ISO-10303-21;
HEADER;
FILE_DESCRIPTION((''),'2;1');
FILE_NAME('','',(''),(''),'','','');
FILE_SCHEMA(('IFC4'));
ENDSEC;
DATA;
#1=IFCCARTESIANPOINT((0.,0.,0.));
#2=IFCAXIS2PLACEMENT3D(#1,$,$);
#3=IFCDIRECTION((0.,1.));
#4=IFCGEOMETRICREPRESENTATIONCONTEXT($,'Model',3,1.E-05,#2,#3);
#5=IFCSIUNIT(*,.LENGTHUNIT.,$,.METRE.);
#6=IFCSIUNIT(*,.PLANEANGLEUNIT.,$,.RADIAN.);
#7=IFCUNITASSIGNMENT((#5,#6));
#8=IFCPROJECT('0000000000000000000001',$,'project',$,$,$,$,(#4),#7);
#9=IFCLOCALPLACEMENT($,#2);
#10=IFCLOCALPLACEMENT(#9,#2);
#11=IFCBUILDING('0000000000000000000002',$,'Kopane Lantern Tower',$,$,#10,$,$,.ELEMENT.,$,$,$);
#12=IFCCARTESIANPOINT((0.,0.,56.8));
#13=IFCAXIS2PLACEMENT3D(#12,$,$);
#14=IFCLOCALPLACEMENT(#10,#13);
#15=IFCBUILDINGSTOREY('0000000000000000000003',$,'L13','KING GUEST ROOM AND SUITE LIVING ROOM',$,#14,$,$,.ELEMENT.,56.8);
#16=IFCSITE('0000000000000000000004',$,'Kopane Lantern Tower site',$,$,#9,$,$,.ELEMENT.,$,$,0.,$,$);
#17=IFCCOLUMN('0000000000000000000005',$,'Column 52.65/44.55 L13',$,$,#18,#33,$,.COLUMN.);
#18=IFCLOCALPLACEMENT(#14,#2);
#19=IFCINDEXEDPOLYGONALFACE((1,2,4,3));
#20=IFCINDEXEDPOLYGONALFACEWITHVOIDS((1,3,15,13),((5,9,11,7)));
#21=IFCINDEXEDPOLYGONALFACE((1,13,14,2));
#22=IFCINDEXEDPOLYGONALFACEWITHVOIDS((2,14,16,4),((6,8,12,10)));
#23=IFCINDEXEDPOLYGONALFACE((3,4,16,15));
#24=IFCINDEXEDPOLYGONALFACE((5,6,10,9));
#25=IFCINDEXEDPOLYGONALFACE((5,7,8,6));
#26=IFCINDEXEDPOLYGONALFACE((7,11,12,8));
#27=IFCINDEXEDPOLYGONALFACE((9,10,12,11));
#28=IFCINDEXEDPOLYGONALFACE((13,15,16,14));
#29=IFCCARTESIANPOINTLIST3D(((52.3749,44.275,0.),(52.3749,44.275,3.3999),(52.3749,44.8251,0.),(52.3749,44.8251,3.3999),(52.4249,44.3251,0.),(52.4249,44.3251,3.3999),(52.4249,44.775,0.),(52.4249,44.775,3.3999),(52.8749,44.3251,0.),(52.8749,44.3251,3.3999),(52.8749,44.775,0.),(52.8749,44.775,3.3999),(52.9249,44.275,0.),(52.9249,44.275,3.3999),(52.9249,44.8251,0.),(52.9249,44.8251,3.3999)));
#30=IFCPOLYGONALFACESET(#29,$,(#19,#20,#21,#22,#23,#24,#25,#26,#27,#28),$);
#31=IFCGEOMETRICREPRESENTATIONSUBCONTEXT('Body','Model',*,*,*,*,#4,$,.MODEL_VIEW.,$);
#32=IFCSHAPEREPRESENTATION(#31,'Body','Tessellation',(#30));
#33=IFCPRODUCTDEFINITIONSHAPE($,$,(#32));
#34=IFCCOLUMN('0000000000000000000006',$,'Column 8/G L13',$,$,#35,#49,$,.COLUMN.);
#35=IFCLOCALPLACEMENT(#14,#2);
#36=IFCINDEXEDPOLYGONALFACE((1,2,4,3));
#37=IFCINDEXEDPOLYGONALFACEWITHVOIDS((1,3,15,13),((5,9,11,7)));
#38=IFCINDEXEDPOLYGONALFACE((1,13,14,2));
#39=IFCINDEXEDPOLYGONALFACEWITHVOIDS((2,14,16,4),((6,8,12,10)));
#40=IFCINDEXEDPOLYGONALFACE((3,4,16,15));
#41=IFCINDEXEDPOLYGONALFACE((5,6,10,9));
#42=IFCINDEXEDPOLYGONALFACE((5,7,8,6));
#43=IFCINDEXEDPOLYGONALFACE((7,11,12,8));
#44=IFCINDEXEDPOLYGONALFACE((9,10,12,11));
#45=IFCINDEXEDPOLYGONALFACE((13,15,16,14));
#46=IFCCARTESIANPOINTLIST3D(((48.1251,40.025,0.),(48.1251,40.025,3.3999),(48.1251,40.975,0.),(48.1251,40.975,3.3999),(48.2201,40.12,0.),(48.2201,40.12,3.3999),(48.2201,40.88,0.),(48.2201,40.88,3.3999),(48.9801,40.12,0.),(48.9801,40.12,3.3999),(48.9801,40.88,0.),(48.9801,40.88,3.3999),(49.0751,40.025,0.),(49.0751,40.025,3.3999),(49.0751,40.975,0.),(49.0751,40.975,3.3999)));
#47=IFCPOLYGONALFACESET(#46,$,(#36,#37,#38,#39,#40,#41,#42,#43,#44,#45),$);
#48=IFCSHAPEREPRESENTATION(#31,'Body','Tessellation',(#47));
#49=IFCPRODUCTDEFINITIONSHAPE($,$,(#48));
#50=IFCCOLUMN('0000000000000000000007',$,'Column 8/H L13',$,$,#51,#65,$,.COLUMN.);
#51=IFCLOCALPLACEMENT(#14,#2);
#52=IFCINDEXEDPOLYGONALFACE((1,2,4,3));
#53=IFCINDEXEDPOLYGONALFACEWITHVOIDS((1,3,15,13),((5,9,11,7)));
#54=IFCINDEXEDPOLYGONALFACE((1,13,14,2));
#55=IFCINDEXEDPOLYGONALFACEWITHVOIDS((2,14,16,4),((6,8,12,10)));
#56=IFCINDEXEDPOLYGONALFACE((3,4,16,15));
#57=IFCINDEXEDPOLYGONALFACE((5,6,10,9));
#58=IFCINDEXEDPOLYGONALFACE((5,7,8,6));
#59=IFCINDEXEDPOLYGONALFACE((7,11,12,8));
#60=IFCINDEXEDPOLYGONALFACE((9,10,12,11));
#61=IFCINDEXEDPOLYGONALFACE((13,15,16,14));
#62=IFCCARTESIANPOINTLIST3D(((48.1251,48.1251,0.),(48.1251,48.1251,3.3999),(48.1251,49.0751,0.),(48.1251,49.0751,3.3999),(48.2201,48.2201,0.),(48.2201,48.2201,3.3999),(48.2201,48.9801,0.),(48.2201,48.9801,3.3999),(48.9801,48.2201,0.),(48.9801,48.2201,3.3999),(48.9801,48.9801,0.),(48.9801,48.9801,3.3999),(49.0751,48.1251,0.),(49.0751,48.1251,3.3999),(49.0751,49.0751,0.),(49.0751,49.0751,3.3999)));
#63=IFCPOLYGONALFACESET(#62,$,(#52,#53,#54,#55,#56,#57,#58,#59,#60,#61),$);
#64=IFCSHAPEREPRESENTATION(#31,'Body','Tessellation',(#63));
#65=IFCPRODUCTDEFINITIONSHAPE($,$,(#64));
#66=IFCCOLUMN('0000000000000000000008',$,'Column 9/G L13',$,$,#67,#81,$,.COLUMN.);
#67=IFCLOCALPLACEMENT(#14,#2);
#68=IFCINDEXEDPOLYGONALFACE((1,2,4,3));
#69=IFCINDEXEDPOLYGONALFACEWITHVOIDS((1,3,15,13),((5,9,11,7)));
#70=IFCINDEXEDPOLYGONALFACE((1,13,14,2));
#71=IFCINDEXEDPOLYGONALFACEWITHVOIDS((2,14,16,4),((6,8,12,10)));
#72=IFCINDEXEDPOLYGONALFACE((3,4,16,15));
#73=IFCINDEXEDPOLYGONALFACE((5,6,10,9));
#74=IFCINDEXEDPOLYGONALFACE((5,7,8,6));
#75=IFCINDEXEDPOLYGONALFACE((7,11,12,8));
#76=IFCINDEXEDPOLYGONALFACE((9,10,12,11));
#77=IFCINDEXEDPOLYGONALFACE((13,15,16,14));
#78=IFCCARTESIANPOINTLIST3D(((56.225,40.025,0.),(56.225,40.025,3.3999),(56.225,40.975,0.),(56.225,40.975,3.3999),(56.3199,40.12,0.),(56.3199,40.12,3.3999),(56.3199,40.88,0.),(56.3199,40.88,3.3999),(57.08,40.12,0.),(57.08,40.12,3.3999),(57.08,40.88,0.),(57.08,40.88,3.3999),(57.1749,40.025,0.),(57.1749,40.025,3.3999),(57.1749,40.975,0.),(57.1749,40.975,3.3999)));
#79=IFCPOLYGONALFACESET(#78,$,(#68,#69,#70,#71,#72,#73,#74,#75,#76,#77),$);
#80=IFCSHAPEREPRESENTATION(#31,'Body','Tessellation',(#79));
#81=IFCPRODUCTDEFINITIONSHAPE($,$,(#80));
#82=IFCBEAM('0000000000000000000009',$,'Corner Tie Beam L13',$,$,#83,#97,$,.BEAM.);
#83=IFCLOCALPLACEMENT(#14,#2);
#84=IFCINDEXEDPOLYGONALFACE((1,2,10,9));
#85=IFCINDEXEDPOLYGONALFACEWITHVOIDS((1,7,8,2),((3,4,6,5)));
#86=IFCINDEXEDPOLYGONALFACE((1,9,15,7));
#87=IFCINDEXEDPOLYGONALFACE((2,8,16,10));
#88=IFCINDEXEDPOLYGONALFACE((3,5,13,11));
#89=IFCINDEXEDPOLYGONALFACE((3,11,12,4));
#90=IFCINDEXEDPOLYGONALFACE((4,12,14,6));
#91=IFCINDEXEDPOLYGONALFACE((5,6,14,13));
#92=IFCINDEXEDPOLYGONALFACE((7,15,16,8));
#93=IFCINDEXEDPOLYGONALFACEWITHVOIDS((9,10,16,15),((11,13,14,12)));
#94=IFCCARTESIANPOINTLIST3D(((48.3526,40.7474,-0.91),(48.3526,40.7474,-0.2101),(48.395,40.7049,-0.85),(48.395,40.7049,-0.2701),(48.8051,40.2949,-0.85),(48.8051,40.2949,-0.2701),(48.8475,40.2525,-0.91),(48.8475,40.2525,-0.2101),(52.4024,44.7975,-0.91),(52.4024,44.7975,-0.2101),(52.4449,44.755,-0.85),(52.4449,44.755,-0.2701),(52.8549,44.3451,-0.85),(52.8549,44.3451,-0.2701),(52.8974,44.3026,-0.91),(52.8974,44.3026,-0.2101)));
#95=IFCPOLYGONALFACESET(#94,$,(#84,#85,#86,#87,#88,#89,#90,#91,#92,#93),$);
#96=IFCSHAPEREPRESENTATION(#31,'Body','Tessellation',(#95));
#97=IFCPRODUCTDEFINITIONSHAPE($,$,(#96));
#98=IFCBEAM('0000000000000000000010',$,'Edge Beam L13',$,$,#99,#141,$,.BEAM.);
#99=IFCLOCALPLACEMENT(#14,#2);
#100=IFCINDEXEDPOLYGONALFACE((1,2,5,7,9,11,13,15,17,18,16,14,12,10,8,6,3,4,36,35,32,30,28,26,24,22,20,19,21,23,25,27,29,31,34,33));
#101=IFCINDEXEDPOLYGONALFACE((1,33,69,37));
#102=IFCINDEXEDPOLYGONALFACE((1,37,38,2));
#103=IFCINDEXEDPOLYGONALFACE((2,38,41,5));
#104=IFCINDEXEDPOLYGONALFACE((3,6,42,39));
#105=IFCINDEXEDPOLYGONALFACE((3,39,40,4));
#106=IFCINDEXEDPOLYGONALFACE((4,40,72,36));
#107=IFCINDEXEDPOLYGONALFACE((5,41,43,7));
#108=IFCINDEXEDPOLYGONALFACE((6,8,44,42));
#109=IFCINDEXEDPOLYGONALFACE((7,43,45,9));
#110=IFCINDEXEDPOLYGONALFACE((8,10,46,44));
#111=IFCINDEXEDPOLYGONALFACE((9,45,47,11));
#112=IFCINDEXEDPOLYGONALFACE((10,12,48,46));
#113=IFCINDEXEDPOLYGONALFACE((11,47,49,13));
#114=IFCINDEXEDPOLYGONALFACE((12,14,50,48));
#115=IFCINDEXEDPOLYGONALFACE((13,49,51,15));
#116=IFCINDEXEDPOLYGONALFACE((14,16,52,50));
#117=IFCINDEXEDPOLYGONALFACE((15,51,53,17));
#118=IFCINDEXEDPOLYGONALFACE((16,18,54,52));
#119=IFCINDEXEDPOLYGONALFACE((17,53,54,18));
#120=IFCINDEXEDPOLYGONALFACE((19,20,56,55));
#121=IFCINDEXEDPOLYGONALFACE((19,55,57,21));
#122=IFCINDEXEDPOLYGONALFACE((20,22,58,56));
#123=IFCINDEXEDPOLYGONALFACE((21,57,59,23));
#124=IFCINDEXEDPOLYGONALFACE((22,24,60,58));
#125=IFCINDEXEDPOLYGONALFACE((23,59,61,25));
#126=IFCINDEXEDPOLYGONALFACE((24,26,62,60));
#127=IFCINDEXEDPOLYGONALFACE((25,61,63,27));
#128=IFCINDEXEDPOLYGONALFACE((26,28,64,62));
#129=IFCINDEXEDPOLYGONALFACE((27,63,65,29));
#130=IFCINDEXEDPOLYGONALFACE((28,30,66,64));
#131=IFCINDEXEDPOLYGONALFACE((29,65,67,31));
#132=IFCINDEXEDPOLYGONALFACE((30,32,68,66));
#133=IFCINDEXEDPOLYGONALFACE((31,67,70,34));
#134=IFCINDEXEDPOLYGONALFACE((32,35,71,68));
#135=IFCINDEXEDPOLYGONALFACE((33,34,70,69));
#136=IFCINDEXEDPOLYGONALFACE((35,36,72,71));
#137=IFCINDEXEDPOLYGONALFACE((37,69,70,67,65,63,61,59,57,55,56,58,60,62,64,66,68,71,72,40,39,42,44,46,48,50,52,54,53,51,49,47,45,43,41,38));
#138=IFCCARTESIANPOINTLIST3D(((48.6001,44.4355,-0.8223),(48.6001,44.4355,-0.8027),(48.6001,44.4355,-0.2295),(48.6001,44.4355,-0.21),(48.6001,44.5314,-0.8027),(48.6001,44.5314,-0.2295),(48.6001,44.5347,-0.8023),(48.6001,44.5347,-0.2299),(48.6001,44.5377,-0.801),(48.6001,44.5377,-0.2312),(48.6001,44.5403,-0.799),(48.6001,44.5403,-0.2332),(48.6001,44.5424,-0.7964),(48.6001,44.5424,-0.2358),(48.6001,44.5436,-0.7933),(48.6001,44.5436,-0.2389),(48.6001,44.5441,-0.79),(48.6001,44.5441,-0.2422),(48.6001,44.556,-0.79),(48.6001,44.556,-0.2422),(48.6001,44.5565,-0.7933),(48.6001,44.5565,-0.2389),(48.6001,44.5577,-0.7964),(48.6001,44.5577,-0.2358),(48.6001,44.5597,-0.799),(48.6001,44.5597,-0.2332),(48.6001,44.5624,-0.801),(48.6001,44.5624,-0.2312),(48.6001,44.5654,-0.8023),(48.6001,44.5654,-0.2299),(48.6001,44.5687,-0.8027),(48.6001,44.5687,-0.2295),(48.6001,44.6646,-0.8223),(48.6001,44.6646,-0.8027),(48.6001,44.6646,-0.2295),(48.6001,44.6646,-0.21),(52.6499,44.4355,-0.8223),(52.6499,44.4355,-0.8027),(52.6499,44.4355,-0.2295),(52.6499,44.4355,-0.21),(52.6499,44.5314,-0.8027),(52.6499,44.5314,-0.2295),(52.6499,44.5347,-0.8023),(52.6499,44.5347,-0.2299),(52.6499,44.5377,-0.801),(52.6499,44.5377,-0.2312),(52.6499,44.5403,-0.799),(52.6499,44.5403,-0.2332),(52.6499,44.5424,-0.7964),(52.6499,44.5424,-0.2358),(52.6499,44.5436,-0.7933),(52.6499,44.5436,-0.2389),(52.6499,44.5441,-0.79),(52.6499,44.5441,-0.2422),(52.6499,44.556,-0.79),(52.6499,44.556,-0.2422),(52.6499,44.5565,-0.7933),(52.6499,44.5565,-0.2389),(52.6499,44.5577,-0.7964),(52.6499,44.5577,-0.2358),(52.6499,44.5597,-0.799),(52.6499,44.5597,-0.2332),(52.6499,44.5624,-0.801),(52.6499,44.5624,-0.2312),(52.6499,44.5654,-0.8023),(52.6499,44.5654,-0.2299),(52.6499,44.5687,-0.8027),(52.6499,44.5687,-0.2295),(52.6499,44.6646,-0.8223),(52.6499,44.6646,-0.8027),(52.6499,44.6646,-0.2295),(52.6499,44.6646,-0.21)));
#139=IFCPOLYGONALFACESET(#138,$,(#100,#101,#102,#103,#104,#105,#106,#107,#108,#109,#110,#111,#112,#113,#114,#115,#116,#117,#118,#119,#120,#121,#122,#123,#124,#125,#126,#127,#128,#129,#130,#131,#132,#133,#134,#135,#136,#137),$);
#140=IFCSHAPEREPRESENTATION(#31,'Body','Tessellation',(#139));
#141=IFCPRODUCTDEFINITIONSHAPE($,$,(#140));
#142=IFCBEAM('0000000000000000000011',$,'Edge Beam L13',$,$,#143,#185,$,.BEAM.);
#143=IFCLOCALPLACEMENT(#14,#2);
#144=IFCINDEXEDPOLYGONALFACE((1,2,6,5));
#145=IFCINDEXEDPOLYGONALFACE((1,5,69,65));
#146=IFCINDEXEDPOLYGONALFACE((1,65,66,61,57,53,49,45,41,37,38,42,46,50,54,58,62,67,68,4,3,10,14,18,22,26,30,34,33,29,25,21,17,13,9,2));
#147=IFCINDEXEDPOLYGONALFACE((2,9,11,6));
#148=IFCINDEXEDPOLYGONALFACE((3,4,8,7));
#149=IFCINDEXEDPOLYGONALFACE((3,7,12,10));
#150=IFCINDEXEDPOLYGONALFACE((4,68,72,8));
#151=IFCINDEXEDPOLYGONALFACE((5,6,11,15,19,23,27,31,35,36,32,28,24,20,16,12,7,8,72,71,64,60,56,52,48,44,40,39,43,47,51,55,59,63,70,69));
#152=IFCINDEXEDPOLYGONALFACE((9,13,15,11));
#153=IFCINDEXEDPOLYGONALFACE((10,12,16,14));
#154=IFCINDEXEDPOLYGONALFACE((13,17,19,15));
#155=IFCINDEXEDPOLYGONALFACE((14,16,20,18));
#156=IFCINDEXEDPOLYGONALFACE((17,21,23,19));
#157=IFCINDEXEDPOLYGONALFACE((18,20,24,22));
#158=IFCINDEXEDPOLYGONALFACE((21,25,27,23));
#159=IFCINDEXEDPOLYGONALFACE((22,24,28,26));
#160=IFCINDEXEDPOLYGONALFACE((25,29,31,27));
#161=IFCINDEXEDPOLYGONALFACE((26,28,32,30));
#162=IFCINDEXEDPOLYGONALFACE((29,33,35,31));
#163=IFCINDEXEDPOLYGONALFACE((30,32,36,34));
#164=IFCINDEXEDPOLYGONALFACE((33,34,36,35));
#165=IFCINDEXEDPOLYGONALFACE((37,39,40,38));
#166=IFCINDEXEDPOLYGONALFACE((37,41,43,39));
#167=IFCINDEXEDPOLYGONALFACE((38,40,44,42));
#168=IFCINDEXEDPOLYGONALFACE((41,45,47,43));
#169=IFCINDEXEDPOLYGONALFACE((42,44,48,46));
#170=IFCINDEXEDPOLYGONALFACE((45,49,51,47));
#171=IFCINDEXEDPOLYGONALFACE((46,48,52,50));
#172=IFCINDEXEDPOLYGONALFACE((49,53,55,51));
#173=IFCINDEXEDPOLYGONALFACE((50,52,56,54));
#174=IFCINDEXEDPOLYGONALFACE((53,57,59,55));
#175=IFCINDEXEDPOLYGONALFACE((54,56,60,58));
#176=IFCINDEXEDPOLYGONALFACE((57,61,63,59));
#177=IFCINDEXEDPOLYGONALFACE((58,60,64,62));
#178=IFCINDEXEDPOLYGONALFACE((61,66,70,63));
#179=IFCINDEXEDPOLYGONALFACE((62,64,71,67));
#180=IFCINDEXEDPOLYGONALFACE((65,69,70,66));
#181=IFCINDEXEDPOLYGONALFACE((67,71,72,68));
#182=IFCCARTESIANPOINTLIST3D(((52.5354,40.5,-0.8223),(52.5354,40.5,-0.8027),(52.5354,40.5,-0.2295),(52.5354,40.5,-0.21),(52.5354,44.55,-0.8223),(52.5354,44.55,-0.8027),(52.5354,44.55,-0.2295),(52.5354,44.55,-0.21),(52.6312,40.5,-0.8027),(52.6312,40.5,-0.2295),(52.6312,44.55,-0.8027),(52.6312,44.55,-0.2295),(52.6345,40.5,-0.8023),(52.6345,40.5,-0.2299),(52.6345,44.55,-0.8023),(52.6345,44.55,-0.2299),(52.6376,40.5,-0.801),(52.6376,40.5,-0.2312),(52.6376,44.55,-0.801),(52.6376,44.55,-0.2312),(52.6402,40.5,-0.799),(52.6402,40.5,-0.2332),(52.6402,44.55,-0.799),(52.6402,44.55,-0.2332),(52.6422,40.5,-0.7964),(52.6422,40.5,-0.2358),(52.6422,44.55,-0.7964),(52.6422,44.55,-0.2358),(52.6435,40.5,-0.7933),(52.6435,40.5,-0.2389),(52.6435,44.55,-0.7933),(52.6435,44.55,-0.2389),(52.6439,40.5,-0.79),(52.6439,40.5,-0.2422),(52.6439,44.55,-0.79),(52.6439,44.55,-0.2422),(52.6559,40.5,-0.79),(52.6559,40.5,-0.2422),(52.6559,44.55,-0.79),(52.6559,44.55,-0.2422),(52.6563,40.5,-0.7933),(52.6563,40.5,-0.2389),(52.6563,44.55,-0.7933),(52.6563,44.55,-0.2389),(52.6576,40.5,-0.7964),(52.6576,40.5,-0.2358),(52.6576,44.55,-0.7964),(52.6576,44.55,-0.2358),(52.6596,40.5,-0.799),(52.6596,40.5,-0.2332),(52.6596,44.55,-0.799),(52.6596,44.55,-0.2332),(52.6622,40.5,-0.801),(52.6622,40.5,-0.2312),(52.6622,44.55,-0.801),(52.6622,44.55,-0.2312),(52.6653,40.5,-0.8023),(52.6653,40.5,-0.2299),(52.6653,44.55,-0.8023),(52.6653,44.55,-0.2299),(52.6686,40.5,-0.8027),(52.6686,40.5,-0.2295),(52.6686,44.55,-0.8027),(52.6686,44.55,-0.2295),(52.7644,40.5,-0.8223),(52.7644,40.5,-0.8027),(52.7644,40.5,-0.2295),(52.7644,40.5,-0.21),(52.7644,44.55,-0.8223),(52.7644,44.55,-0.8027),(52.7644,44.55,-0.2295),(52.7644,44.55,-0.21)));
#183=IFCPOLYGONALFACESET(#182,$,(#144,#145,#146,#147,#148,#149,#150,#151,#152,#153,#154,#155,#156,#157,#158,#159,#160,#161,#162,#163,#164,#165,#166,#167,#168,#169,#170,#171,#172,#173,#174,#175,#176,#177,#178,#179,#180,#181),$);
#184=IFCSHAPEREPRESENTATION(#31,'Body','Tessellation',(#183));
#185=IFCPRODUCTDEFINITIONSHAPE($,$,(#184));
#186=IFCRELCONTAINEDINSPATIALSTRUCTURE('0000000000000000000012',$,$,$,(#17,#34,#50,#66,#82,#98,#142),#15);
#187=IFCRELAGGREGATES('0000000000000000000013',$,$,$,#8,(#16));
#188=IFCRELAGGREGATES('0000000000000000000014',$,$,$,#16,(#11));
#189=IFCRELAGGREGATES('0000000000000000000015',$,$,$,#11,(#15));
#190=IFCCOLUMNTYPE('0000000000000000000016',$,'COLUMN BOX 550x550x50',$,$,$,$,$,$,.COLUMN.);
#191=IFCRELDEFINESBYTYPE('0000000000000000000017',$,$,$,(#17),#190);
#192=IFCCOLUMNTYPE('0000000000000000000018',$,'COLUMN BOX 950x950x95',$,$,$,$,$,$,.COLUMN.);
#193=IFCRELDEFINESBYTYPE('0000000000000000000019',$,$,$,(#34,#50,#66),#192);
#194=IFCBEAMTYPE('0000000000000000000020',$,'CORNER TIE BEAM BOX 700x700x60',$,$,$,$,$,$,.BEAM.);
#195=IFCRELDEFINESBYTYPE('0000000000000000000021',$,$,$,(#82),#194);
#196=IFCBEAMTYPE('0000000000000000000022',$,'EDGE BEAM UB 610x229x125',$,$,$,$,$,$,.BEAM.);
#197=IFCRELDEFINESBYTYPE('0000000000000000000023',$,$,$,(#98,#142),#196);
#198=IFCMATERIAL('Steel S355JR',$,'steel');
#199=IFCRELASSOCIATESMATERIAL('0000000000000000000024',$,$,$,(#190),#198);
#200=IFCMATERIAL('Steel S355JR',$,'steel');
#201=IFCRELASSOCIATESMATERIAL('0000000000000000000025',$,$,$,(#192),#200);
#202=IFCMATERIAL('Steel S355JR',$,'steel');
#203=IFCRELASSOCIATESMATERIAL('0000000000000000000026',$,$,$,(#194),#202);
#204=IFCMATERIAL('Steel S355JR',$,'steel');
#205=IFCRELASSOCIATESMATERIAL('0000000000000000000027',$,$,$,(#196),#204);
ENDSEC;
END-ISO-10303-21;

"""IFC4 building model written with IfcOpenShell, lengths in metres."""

from ifc_helpers import new_model, si_unit, direction, frame, origin, origin_2d, place, context, subcontext, project, spatial, hollow_rectangle, i_section, extrude, material, material_profile, profile_set, type_object, element, save


model = new_model("IFC4")

# Units and contexts
model_context = context("Model", 3, precision=1e-05, world=origin(), true_north=direction((0.0, 1.0)))
body_context = subcontext(model_context, "Body", "Model", "MODEL_VIEW")
ifc_project = project(units=[si_unit("LENGTHUNIT", "METRE"), si_unit("PLANEANGLEUNIT", "RADIAN")], contexts=[model_context])

# Site, building, storey
site_placement = place(None, origin())
site = spatial("IfcSite", under=ifc_project, at=site_placement, Name="Kopane Lantern Tower site", CompositionType="ELEMENT", RefElevation=0.0)
building_placement = place(site_placement, origin())
building = spatial("IfcBuilding", under=site, at=building_placement, Name="Kopane Lantern Tower", CompositionType="ELEMENT")
storey_placement = place(building_placement, frame((0.0, 0.0, 56.8)))
storey = spatial("IfcBuildingStorey", under=building, at=storey_placement, Name="L13", Description="KING GUEST ROOM AND SUITE LIVING ROOM", CompositionType="ELEMENT", Elevation=56.8)

# Columns
ifc_material_1 = material(Name="Steel S355JR", Category="steel")
ifc_material_profile_1 = material_profile(ifc_material_1, hollow_rectangle(XDim=0.55, YDim=0.55, WallThickness=0.05, at=origin_2d()), Name="BOX 550x550x50")
ifc_profile_set_1 = profile_set([ifc_material_profile_1], Name="Steel S355JR")
column_type_1 = type_object("IfcColumnType", Name="COLUMN BOX 550x550x50", PredefinedType="COLUMN", material=ifc_profile_set_1)
column_placement = place(storey_placement, frame((52.6499, 44.55, 0.0), z_axis=(0.0, 0.0, 1.0), x_axis=(1.0, 0.0, 0.0)))
element("IfcColumn", 1, at=column_placement, inside=storey, type_object=column_type_1, Name="Column 52.65/44.55 L13", PredefinedType="COLUMN", context=body_context, shape_type="SweptSolid", body=[
    extrude(hollow_rectangle(XDim=0.55, YDim=0.55, WallThickness=0.05, at=origin_2d()), origin(), (0.0, 0.0, 1.0), 3.3999),
])
ifc_material_2 = material(Name="Steel S355JR", Category="steel")
ifc_material_profile_2 = material_profile(ifc_material_2, hollow_rectangle(XDim=0.95, YDim=0.95, WallThickness=0.095, at=origin_2d()), Name="BOX 950x950x95")
ifc_profile_set_2 = profile_set([ifc_material_profile_2], Name="Steel S355JR")
column_type_2 = type_object("IfcColumnType", Name="COLUMN BOX 950x950x95", PredefinedType="COLUMN", material=ifc_profile_set_2)
for number, where, z_axis, x_axis, name in (
    (2, (48.6001, 40.5, 0.0), (0.0, 0.0, 1.0), (1.0, 0.0, 0.0), "Column 8/G L13"),
    (3, (48.6001, 48.6001, 0.0), (0.0, 0.0, 1.0), (1.0, 0.0, 0.0), "Column 8/H L13"),
    (4, (56.7, 40.5, 0.0), (0.0, 0.0, 1.0), (1.0, 0.0, 0.0), "Column 9/G L13"),
):
    element("IfcColumn", number, at=place(storey_placement, frame(where, z_axis=z_axis, x_axis=x_axis)), inside=storey, type_object=column_type_2, Name=name, PredefinedType="COLUMN", context=body_context, shape_type="SweptSolid", body=[
        extrude(hollow_rectangle(XDim=0.95, YDim=0.95, WallThickness=0.095, at=origin_2d()), origin(), (0.0, 0.0, 1.0), 3.3999),
    ])

# Beams
ifc_material_3 = material(Name="Steel S355JR", Category="steel")
ifc_material_profile_3 = material_profile(ifc_material_3, hollow_rectangle(XDim=0.7, YDim=0.7, WallThickness=0.0601, at=origin_2d()), Name="BOX 700x700x60")
ifc_profile_set_3 = profile_set([ifc_material_profile_3], Name="Steel S355JR")
beam_type_1 = type_object("IfcBeamType", Name="CORNER TIE BEAM BOX 700x700x60", PredefinedType="BEAM", material=ifc_profile_set_3)
beam_1_placement = place(storey_placement, frame((52.6499, 44.55, -0.5601), z_axis=(-0.707085, -0.707128, 0.0), x_axis=(0.707128, -0.707085, 0.0)))
element("IfcBeam", 5, at=beam_1_placement, inside=storey, type_object=beam_type_1, Name="Corner Tie Beam L13", PredefinedType="BEAM", context=body_context, shape_type="SweptSolid", body=[
    extrude(hollow_rectangle(XDim=0.7, YDim=0.7, WallThickness=0.0601, at=origin_2d()), origin(), (0.0, 0.0, 1.0), 5.7275),
])
ifc_material_4 = material(Name="Steel S355JR", Category="steel")
ifc_material_profile_4 = material_profile(ifc_material_4, i_section(OverallWidth=0.229, OverallDepth=0.6123, WebThickness=0.012, FlangeThickness=0.0195, FilletRadius=0.0127, at=origin_2d()), Name="UB 610x229x125")
ifc_profile_set_4 = profile_set([ifc_material_profile_4], Name="Steel S355JR")
beam_type_2 = type_object("IfcBeamType", Name="EDGE BEAM UB 610x229x125", PredefinedType="BEAM", material=ifc_profile_set_4)
beam_2_placement = place(storey_placement, frame((52.6499, 44.55, -0.5161), z_axis=(-1.0, 0.0, 0.0), x_axis=(0.0, -1.0, 0.0)))
element("IfcBeam", 6, at=beam_2_placement, inside=storey, type_object=beam_type_2, Name="Edge Beam L13", PredefinedType="BEAM", context=body_context, shape_type="SweptSolid", body=[
    extrude(i_section(OverallWidth=0.229, OverallDepth=0.6123, WebThickness=0.012, FlangeThickness=0.0195, FilletRadius=0.0127, at=origin_2d()), origin(), (0.0, 0.0, 1.0), 4.0498),
])
beam_3_placement = place(storey_placement, frame((52.6499, 44.55, -0.5161), z_axis=(0.0, -1.0, 0.0), x_axis=(1.0, 0.0, 0.0)))
element("IfcBeam", 7, at=beam_3_placement, inside=storey, type_object=beam_type_2, Name="Edge Beam L13", PredefinedType="BEAM", context=body_context, shape_type="SweptSolid", body=[
    extrude(i_section(OverallWidth=0.229, OverallDepth=0.6123, WebThickness=0.012, FlangeThickness=0.0195, FilletRadius=0.0127, at=origin_2d()), origin(), (0.0, 0.0, 1.0), 4.05),
])

save(model, "model.ifc")
